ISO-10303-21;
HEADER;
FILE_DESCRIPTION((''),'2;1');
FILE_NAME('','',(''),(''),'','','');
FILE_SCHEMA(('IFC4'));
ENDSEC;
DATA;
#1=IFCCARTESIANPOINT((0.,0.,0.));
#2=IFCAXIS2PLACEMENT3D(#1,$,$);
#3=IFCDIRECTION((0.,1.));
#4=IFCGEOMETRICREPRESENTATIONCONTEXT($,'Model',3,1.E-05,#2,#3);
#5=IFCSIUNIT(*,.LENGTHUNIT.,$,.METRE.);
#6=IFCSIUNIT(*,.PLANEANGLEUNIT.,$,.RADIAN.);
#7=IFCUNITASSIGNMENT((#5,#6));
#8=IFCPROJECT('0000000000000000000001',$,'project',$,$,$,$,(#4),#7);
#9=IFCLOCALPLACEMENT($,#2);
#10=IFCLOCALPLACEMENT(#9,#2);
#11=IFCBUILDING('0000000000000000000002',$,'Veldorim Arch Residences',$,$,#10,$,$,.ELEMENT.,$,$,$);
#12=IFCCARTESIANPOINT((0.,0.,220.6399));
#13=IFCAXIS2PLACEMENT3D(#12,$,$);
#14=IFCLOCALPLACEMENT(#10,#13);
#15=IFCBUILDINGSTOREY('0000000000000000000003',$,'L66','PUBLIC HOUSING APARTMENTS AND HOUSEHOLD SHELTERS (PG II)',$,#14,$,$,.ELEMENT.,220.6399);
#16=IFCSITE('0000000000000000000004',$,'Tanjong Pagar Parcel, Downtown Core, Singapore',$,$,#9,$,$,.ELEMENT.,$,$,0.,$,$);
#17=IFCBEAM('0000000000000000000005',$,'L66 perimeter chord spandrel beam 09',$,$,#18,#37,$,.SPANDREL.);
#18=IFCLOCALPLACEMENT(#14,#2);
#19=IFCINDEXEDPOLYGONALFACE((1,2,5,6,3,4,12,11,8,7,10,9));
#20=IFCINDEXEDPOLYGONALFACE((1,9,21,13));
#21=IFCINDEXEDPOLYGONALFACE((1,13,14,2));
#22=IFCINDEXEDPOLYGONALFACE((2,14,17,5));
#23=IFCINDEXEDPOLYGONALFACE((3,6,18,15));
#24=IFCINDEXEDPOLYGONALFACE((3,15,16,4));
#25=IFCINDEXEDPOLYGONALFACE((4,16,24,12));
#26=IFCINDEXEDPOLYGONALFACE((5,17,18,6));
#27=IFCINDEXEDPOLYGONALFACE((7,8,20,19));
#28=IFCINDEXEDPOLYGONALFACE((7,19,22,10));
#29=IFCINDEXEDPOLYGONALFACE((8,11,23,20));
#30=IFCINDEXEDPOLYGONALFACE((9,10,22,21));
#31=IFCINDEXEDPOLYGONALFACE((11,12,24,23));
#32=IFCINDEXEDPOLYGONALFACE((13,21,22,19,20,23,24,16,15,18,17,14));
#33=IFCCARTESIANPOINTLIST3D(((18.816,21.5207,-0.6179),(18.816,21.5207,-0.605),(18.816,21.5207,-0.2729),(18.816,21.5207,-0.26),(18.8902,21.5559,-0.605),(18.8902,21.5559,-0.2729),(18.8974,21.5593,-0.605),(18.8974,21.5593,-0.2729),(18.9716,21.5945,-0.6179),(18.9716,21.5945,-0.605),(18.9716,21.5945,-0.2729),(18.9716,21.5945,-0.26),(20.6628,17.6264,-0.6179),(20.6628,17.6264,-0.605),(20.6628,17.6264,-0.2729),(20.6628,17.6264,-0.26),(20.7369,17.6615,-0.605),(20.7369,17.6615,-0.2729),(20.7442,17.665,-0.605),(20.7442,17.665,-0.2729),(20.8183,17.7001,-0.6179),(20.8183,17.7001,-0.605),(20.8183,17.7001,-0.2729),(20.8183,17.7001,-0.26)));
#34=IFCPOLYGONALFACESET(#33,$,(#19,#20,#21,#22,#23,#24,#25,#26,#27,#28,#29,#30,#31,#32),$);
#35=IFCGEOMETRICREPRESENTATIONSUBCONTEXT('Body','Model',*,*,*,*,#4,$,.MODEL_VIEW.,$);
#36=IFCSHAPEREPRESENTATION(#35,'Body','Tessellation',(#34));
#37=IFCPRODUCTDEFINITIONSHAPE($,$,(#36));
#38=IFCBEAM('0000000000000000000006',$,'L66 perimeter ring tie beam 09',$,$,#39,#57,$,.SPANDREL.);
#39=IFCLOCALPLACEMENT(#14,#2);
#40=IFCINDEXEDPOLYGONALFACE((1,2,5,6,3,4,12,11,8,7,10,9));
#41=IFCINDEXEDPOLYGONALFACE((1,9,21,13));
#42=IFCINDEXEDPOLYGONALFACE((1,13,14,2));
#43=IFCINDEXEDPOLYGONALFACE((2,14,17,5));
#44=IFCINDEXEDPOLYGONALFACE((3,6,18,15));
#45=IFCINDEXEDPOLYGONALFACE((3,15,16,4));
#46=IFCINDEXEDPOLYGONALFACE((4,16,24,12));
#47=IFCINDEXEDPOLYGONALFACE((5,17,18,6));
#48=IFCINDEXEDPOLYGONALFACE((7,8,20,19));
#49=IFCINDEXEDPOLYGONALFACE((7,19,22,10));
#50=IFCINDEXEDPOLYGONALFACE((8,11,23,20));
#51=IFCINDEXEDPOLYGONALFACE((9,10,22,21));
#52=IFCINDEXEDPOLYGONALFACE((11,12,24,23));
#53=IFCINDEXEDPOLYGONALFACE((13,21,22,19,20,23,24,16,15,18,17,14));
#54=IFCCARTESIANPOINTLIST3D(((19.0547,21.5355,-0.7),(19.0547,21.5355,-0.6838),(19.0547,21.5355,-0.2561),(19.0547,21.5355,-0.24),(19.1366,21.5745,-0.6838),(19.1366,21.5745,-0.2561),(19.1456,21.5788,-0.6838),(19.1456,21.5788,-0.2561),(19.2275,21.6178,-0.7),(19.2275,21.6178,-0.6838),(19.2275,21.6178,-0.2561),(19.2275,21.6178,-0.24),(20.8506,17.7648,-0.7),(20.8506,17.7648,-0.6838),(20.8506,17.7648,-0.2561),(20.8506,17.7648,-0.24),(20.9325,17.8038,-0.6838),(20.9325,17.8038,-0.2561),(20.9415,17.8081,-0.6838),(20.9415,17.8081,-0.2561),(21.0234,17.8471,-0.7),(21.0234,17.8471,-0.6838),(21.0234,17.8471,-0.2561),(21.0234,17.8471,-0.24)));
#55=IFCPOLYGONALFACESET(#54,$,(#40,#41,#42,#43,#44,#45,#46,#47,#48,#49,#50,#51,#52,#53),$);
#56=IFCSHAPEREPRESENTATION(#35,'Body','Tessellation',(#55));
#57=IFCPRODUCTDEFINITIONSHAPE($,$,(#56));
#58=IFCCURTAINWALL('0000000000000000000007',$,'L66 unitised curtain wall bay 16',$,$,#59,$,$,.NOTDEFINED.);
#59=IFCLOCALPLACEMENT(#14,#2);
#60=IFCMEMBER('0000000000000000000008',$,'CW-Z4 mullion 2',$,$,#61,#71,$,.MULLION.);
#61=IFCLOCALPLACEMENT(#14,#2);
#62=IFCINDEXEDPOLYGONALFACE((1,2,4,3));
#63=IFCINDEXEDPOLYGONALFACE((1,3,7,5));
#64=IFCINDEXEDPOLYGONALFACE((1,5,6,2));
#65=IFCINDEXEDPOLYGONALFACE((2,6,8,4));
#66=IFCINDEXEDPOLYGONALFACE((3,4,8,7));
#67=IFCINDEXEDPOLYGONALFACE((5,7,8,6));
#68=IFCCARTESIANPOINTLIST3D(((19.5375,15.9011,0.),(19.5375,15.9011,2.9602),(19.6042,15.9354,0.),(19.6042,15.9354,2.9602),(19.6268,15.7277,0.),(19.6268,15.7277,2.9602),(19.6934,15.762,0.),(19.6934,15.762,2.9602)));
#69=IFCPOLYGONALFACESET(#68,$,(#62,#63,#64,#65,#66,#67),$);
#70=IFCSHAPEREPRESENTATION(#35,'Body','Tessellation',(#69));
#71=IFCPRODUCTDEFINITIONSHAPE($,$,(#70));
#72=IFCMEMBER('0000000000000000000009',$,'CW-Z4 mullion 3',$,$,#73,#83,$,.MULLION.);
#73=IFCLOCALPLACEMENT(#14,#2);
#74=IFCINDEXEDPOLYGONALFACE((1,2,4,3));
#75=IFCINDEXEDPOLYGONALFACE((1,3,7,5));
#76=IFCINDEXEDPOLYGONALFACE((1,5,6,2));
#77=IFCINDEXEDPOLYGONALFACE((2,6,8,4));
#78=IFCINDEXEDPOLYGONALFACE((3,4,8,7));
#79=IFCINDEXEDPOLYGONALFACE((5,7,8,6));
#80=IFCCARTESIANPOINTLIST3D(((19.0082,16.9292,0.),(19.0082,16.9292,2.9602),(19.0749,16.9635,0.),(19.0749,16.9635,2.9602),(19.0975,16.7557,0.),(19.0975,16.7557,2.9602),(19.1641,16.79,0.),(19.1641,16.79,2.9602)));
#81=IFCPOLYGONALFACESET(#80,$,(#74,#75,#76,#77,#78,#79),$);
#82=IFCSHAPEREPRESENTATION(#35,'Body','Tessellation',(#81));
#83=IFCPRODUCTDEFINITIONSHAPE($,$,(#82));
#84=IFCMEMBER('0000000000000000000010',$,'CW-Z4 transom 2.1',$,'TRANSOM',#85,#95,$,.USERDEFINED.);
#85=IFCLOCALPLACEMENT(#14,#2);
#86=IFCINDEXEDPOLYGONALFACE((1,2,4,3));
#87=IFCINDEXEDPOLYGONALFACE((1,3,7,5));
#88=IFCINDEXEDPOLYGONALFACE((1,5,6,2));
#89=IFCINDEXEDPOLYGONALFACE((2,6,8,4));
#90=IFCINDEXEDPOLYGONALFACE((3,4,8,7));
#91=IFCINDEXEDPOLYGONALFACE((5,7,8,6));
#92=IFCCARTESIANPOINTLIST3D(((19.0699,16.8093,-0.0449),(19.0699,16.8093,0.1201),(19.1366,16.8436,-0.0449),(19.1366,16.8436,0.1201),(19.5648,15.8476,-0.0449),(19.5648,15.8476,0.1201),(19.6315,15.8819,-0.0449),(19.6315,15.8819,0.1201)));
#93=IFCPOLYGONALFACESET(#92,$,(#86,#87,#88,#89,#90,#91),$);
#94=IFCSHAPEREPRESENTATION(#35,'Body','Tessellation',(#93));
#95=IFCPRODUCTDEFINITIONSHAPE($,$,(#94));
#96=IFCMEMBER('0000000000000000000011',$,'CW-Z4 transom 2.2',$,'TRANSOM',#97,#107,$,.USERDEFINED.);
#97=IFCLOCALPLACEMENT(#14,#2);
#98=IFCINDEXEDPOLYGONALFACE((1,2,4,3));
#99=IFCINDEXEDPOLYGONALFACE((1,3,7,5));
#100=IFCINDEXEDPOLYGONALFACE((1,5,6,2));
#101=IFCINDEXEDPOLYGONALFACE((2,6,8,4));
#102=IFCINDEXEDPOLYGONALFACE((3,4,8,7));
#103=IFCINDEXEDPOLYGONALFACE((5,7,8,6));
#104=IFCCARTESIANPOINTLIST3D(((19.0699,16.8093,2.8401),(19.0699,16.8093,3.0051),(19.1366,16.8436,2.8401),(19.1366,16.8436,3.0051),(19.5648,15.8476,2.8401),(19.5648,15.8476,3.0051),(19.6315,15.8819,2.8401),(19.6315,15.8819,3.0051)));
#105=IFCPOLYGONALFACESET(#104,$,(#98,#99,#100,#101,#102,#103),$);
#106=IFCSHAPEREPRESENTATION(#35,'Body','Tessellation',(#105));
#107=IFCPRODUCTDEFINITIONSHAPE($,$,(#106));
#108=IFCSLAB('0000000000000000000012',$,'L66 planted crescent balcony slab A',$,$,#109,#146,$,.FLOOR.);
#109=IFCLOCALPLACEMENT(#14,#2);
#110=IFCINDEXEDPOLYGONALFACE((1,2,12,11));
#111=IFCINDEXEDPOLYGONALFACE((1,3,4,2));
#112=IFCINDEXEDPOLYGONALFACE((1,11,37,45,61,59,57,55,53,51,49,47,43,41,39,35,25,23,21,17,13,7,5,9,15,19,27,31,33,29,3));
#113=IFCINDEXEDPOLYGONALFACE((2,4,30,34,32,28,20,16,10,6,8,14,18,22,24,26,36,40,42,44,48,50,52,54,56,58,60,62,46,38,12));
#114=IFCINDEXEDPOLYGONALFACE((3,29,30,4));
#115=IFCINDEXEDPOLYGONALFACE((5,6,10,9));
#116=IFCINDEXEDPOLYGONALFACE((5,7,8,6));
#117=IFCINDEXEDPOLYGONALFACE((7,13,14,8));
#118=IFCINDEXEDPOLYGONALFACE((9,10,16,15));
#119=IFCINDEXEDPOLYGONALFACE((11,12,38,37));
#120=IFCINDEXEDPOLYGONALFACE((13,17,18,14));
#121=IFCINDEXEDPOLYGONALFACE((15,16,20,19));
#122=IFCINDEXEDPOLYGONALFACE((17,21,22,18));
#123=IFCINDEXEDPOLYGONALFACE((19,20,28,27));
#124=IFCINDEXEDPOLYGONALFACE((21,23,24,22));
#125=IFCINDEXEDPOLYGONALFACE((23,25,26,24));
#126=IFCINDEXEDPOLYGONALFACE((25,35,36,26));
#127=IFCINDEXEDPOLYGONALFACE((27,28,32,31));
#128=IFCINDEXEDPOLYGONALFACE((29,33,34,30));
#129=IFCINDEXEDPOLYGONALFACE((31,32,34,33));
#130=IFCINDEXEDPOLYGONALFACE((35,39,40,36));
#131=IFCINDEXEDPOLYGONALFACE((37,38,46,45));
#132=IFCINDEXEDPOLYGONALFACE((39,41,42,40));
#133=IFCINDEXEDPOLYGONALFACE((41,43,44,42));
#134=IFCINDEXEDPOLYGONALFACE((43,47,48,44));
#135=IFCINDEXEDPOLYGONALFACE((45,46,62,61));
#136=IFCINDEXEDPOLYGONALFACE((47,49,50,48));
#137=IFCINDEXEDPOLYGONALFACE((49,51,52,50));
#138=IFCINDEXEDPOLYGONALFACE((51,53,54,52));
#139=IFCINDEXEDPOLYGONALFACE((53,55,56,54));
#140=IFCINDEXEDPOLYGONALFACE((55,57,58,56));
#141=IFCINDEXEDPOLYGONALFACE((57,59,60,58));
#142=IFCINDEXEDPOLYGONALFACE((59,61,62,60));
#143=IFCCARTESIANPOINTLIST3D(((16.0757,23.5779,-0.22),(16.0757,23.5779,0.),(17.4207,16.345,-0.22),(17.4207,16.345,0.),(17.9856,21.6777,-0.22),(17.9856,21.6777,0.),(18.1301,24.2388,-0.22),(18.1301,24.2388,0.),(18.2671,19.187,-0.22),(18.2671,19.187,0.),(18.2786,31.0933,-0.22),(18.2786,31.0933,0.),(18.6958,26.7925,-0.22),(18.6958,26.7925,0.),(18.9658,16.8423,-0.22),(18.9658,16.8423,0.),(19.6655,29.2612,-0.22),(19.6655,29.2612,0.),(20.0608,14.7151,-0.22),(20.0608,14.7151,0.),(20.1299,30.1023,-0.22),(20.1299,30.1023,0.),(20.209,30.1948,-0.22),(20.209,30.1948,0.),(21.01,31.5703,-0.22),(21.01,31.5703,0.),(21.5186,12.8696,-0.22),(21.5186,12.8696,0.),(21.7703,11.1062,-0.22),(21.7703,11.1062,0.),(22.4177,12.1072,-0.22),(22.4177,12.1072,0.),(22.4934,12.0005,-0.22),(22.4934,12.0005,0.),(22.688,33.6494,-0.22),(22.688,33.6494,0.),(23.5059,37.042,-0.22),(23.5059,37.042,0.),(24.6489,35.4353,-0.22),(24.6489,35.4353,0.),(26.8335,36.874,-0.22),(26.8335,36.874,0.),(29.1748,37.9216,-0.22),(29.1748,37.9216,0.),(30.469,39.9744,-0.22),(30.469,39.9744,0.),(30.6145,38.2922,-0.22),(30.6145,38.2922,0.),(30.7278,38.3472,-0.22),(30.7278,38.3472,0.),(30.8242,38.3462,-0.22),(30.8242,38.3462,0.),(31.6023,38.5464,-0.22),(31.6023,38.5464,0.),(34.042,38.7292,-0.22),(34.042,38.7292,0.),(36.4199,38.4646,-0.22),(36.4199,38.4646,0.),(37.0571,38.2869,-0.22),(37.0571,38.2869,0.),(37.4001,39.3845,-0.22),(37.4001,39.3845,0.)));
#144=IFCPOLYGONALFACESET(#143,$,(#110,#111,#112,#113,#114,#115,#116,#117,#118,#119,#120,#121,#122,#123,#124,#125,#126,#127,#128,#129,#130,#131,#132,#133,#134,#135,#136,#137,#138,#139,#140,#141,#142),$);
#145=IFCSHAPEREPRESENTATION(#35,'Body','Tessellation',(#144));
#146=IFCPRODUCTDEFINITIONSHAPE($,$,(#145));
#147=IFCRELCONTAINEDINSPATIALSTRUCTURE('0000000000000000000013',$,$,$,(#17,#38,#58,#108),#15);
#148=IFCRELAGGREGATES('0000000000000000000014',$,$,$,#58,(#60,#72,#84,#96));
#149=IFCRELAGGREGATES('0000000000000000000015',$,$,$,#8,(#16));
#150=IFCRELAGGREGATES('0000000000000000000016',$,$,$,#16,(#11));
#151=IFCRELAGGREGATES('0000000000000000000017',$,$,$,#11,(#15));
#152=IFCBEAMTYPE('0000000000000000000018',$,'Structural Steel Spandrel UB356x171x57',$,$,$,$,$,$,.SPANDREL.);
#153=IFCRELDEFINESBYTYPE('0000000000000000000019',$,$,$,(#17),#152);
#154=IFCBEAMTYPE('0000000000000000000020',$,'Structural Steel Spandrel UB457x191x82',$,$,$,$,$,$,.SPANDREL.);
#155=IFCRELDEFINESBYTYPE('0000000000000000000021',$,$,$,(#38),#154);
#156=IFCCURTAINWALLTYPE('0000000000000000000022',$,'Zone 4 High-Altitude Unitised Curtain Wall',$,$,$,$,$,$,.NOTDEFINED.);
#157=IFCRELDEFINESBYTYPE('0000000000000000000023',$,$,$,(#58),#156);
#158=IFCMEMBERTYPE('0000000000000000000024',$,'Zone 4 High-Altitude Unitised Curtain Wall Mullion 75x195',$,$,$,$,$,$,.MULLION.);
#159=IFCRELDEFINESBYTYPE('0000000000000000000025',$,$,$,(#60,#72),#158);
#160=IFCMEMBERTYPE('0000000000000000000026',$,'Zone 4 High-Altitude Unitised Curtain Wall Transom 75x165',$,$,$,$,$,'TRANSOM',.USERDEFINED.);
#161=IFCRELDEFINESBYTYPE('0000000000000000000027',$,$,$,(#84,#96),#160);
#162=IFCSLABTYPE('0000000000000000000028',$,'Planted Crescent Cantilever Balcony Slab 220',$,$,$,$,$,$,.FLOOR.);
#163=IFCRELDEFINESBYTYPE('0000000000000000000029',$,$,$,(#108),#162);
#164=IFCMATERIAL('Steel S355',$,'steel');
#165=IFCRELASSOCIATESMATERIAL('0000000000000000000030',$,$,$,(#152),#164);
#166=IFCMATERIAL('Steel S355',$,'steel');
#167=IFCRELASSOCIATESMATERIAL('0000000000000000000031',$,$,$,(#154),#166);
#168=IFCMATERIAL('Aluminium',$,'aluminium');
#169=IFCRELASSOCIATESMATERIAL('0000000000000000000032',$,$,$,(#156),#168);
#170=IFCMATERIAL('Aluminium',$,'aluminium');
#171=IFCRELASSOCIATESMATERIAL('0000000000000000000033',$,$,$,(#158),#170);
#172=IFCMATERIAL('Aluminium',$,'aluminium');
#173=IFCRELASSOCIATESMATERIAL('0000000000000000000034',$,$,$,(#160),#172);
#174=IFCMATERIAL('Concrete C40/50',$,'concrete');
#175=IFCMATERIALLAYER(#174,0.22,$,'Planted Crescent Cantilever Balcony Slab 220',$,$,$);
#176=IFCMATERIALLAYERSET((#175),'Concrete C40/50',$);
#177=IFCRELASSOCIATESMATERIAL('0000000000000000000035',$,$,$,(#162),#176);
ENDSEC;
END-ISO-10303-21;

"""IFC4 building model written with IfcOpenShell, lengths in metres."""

from ifc_helpers import new_model, si_unit, direction, frame, origin, origin_2d, place, context, subcontext, project, spatial, polyline, rectangle, i_section, outline, extrude, material, layer, layer_set, material_profile, profile_set, type_object, element, aggregate, save


model = new_model("IFC4")

# Units and contexts
model_context = context("Model", 3, precision=1e-05, world=origin(), true_north=direction((0.0, 1.0)))
body_context = subcontext(model_context, "Body", "Model", "MODEL_VIEW")
ifc_project = project(units=[si_unit("LENGTHUNIT", "METRE"), si_unit("PLANEANGLEUNIT", "RADIAN")], contexts=[model_context])

# Site, building, storey
site_placement = place(None, origin())
site = spatial("IfcSite", under=ifc_project, at=site_placement, Name="Tanjong Pagar Parcel, Downtown Core, Singapore", CompositionType="ELEMENT", RefElevation=0.0)
building_placement = place(site_placement, origin())
building = spatial("IfcBuilding", under=site, at=building_placement, Name="Veldorim Arch Residences", CompositionType="ELEMENT")
storey_placement = place(building_placement, frame((0.0, 0.0, 220.6399)))
storey = spatial("IfcBuildingStorey", under=building, at=storey_placement, Name="L66", Description="PUBLIC HOUSING APARTMENTS AND HOUSEHOLD SHELTERS (PG II)", CompositionType="ELEMENT", Elevation=220.6399)

# Beams
ifc_material_1 = material(Name="Steel S355", Category="steel")
ifc_material_profile_1 = material_profile(ifc_material_1, i_section(OverallWidth=0.1721, OverallDepth=0.3579, WebThickness=0.0081, FlangeThickness=0.0129, at=origin_2d()), Name="UB356x171x57")
ifc_profile_set_1 = profile_set([ifc_material_profile_1], Name="Steel S355")
beam_type_1 = type_object("IfcBeamType", Name="Structural Steel Spandrel UB356x171x57", PredefinedType="SPANDREL", material=ifc_profile_set_1)
beam_1_placement = place(storey_placement, frame((18.8938, 21.5576, -0.439), z_axis=(0.428469, -0.903557, 0.0), x_axis=(0.903557, 0.428469, 0.0)))
element("IfcBeam", 1, at=beam_1_placement, inside=storey, type_object=beam_type_1, Name="L66 perimeter chord spandrel beam 09", PredefinedType="SPANDREL", context=body_context, shape_type="SweptSolid", body=[
    extrude(i_section(OverallWidth=0.1721, OverallDepth=0.3579, WebThickness=0.0081, FlangeThickness=0.0129, at=origin_2d()), origin(), (0.0, 0.0, 1.0), 4.3101),
])
ifc_material_2 = material(Name="Steel S355", Category="steel")
ifc_material_profile_2 = material_profile(ifc_material_2, i_section(OverallWidth=0.1914, OverallDepth=0.46, WebThickness=0.01, FlangeThickness=0.0161, at=origin_2d()), Name="UB457x191x82")
ifc_profile_set_2 = profile_set([ifc_material_profile_2], Name="Steel S355")
beam_type_2 = type_object("IfcBeamType", Name="Structural Steel Spandrel UB457x191x82", PredefinedType="SPANDREL", material=ifc_profile_set_2)
beam_2_placement = place(storey_placement, frame((19.1411, 21.5767, -0.47), z_axis=(0.429993, -0.902832, 0.0), x_axis=(0.902832, 0.429993, 0.0)))
element("IfcBeam", 2, at=beam_2_placement, inside=storey, type_object=beam_type_2, Name="L66 perimeter ring tie beam 09", PredefinedType="SPANDREL", context=body_context, shape_type="SweptSolid", body=[
    extrude(i_section(OverallWidth=0.1914, OverallDepth=0.46, WebThickness=0.01, FlangeThickness=0.0161, at=origin_2d()), origin(), (0.0, 0.0, 1.0), 4.1765),
])

# Curtain wall, members
ifc_material_3 = material(Name="Aluminium", Category="aluminium")
curtain_wall_type = type_object("IfcCurtainWallType", Name="Zone 4 High-Altitude Unitised Curtain Wall", PredefinedType="NOTDEFINED", material=ifc_material_3)
curtain_wall_placement = place(storey_placement, origin())
curtain_wall = element("IfcCurtainWall", 3, at=curtain_wall_placement, inside=storey, type_object=curtain_wall_type, Name="L66 unitised curtain wall bay 16", PredefinedType="NOTDEFINED")
ifc_material_4 = material(Name="Aluminium", Category="aluminium")
ifc_material_profile_3 = material_profile(ifc_material_4, rectangle(XDim=0.075, YDim=0.1951, at=origin_2d()), Name="ALU_MUL_75x195")
ifc_profile_set_3 = profile_set([ifc_material_profile_3], Name="Aluminium")
member_type_1 = type_object("IfcMemberType", Name="Zone 4 High-Altitude Unitised Curtain Wall Mullion 75x195", PredefinedType="MULLION", material=ifc_profile_set_3)
member_1_placement = place(storey_placement, frame((19.6155, 15.8315, 0.0), z_axis=(0.0, 0.0, 1.0), x_axis=(-0.889131, -0.457653, 0.0)))
member_1 = element("IfcMember", 4, at=member_1_placement, type_object=member_type_1, Name="CW-Z4 mullion 2", PredefinedType="MULLION", context=body_context, shape_type="SweptSolid", body=[
    extrude(rectangle(XDim=0.075, YDim=0.1951, at=origin_2d()), origin(), (0.0, 0.0, 1.0), 2.9602),
])
member_2_placement = place(storey_placement, frame((19.0862, 16.8596, 0.0), z_axis=(0.0, 0.0, 1.0), x_axis=(-0.889131, -0.457653, 0.0)))
member_2 = element("IfcMember", 5, at=member_2_placement, type_object=member_type_1, Name="CW-Z4 mullion 3", PredefinedType="MULLION", context=body_context, shape_type="SweptSolid", body=[
    extrude(rectangle(XDim=0.075, YDim=0.1951, at=origin_2d()), origin(), (0.0, 0.0, 1.0), 2.9602),
])
ifc_material_5 = material(Name="Aluminium", Category="aluminium")
ifc_material_profile_4 = material_profile(ifc_material_5, rectangle(XDim=0.075, YDim=0.165, at=origin_2d()), Name="ALU_TRN_75x165")
ifc_profile_set_4 = profile_set([ifc_material_profile_4], Name="Aluminium")
member_type_2 = type_object("IfcMemberType", Name="Zone 4 High-Altitude Unitised Curtain Wall Transom 75x165", ElementType="TRANSOM", PredefinedType="USERDEFINED", material=ifc_profile_set_4)
member_3_placement = place(storey_placement, frame((19.5981, 15.8647, 0.0376), z_axis=(-0.457567, 0.889175, 0.0), x_axis=(-0.889175, -0.457567, 0.0)))
member_3 = element("IfcMember", 6, at=member_3_placement, type_object=member_type_2, Name="CW-Z4 transom 2.1", ObjectType="TRANSOM", PredefinedType="USERDEFINED", context=body_context, shape_type="SweptSolid", body=[
    extrude(rectangle(XDim=0.075, YDim=0.165, at=origin_2d()), origin(), (0.0, 0.0, 1.0), 1.0815),
])
member_4_placement = place(storey_placement, frame((19.5981, 15.8647, 2.9226), z_axis=(-0.457567, 0.889175, 0.0), x_axis=(-0.889175, -0.457567, 0.0)))
member_4 = element("IfcMember", 7, at=member_4_placement, type_object=member_type_2, Name="CW-Z4 transom 2.2", ObjectType="TRANSOM", PredefinedType="USERDEFINED", context=body_context, shape_type="SweptSolid", body=[
    extrude(rectangle(XDim=0.075, YDim=0.165, at=origin_2d()), origin(), (0.0, 0.0, 1.0), 1.0815),
])

# Slab
ifc_material_6 = material(Name="Concrete C40/50", Category="concrete")
ifc_layer_1 = layer(ifc_material_6, 0.22, Name="Planted Crescent Cantilever Balcony Slab 220")
ifc_layer_set_1 = layer_set([ifc_layer_1], Name="Concrete C40/50")
slab_type_1 = type_object("IfcSlabType", Name="Planted Crescent Cantilever Balcony Slab 220", PredefinedType="FLOOR", material=ifc_layer_set_1)
slab_1_placement = place(storey_placement, frame((0.0, 0.0, -0.22)))
element("IfcSlab", 8, at=slab_1_placement, inside=storey, type_object=slab_type_1, Name="L66 planted crescent balcony slab A", PredefinedType="FLOOR", context=body_context, shape_type="SweptSolid", body=[
    extrude(outline(polyline([(37.0571, 38.2869), (36.4199, 38.4646), (34.042, 38.7292), (31.6023, 38.5464), (30.8242, 38.3462), (30.7278, 38.3472), (30.6145, 38.2922), (29.1748, 37.9216), (26.8335, 36.874), (24.6489, 35.4353), (22.688, 33.6494), (21.01, 31.5703), (20.209, 30.1948), (20.1299, 30.1023), (19.6655, 29.2612), (18.6958, 26.7925), (18.1301, 24.2388), (17.9856, 21.6777), (18.2671, 19.187), (18.9658, 16.8423), (20.0608, 14.7151), (21.5186, 12.8696), (22.4177, 12.1072), (22.4934, 12.0005), (21.7703, 11.1062), (17.4207, 16.345), (16.0757, 23.5779), (18.2786, 31.0933), (23.5059, 37.042), (30.469, 39.9744), (37.4001, 39.3845), (37.0571, 38.2869)])), origin(), (0.0, 0.0, 1.0), 0.22),
])

aggregate(curtain_wall, [member_1, member_2, member_3, member_4])

save(model, "model.ifc")
